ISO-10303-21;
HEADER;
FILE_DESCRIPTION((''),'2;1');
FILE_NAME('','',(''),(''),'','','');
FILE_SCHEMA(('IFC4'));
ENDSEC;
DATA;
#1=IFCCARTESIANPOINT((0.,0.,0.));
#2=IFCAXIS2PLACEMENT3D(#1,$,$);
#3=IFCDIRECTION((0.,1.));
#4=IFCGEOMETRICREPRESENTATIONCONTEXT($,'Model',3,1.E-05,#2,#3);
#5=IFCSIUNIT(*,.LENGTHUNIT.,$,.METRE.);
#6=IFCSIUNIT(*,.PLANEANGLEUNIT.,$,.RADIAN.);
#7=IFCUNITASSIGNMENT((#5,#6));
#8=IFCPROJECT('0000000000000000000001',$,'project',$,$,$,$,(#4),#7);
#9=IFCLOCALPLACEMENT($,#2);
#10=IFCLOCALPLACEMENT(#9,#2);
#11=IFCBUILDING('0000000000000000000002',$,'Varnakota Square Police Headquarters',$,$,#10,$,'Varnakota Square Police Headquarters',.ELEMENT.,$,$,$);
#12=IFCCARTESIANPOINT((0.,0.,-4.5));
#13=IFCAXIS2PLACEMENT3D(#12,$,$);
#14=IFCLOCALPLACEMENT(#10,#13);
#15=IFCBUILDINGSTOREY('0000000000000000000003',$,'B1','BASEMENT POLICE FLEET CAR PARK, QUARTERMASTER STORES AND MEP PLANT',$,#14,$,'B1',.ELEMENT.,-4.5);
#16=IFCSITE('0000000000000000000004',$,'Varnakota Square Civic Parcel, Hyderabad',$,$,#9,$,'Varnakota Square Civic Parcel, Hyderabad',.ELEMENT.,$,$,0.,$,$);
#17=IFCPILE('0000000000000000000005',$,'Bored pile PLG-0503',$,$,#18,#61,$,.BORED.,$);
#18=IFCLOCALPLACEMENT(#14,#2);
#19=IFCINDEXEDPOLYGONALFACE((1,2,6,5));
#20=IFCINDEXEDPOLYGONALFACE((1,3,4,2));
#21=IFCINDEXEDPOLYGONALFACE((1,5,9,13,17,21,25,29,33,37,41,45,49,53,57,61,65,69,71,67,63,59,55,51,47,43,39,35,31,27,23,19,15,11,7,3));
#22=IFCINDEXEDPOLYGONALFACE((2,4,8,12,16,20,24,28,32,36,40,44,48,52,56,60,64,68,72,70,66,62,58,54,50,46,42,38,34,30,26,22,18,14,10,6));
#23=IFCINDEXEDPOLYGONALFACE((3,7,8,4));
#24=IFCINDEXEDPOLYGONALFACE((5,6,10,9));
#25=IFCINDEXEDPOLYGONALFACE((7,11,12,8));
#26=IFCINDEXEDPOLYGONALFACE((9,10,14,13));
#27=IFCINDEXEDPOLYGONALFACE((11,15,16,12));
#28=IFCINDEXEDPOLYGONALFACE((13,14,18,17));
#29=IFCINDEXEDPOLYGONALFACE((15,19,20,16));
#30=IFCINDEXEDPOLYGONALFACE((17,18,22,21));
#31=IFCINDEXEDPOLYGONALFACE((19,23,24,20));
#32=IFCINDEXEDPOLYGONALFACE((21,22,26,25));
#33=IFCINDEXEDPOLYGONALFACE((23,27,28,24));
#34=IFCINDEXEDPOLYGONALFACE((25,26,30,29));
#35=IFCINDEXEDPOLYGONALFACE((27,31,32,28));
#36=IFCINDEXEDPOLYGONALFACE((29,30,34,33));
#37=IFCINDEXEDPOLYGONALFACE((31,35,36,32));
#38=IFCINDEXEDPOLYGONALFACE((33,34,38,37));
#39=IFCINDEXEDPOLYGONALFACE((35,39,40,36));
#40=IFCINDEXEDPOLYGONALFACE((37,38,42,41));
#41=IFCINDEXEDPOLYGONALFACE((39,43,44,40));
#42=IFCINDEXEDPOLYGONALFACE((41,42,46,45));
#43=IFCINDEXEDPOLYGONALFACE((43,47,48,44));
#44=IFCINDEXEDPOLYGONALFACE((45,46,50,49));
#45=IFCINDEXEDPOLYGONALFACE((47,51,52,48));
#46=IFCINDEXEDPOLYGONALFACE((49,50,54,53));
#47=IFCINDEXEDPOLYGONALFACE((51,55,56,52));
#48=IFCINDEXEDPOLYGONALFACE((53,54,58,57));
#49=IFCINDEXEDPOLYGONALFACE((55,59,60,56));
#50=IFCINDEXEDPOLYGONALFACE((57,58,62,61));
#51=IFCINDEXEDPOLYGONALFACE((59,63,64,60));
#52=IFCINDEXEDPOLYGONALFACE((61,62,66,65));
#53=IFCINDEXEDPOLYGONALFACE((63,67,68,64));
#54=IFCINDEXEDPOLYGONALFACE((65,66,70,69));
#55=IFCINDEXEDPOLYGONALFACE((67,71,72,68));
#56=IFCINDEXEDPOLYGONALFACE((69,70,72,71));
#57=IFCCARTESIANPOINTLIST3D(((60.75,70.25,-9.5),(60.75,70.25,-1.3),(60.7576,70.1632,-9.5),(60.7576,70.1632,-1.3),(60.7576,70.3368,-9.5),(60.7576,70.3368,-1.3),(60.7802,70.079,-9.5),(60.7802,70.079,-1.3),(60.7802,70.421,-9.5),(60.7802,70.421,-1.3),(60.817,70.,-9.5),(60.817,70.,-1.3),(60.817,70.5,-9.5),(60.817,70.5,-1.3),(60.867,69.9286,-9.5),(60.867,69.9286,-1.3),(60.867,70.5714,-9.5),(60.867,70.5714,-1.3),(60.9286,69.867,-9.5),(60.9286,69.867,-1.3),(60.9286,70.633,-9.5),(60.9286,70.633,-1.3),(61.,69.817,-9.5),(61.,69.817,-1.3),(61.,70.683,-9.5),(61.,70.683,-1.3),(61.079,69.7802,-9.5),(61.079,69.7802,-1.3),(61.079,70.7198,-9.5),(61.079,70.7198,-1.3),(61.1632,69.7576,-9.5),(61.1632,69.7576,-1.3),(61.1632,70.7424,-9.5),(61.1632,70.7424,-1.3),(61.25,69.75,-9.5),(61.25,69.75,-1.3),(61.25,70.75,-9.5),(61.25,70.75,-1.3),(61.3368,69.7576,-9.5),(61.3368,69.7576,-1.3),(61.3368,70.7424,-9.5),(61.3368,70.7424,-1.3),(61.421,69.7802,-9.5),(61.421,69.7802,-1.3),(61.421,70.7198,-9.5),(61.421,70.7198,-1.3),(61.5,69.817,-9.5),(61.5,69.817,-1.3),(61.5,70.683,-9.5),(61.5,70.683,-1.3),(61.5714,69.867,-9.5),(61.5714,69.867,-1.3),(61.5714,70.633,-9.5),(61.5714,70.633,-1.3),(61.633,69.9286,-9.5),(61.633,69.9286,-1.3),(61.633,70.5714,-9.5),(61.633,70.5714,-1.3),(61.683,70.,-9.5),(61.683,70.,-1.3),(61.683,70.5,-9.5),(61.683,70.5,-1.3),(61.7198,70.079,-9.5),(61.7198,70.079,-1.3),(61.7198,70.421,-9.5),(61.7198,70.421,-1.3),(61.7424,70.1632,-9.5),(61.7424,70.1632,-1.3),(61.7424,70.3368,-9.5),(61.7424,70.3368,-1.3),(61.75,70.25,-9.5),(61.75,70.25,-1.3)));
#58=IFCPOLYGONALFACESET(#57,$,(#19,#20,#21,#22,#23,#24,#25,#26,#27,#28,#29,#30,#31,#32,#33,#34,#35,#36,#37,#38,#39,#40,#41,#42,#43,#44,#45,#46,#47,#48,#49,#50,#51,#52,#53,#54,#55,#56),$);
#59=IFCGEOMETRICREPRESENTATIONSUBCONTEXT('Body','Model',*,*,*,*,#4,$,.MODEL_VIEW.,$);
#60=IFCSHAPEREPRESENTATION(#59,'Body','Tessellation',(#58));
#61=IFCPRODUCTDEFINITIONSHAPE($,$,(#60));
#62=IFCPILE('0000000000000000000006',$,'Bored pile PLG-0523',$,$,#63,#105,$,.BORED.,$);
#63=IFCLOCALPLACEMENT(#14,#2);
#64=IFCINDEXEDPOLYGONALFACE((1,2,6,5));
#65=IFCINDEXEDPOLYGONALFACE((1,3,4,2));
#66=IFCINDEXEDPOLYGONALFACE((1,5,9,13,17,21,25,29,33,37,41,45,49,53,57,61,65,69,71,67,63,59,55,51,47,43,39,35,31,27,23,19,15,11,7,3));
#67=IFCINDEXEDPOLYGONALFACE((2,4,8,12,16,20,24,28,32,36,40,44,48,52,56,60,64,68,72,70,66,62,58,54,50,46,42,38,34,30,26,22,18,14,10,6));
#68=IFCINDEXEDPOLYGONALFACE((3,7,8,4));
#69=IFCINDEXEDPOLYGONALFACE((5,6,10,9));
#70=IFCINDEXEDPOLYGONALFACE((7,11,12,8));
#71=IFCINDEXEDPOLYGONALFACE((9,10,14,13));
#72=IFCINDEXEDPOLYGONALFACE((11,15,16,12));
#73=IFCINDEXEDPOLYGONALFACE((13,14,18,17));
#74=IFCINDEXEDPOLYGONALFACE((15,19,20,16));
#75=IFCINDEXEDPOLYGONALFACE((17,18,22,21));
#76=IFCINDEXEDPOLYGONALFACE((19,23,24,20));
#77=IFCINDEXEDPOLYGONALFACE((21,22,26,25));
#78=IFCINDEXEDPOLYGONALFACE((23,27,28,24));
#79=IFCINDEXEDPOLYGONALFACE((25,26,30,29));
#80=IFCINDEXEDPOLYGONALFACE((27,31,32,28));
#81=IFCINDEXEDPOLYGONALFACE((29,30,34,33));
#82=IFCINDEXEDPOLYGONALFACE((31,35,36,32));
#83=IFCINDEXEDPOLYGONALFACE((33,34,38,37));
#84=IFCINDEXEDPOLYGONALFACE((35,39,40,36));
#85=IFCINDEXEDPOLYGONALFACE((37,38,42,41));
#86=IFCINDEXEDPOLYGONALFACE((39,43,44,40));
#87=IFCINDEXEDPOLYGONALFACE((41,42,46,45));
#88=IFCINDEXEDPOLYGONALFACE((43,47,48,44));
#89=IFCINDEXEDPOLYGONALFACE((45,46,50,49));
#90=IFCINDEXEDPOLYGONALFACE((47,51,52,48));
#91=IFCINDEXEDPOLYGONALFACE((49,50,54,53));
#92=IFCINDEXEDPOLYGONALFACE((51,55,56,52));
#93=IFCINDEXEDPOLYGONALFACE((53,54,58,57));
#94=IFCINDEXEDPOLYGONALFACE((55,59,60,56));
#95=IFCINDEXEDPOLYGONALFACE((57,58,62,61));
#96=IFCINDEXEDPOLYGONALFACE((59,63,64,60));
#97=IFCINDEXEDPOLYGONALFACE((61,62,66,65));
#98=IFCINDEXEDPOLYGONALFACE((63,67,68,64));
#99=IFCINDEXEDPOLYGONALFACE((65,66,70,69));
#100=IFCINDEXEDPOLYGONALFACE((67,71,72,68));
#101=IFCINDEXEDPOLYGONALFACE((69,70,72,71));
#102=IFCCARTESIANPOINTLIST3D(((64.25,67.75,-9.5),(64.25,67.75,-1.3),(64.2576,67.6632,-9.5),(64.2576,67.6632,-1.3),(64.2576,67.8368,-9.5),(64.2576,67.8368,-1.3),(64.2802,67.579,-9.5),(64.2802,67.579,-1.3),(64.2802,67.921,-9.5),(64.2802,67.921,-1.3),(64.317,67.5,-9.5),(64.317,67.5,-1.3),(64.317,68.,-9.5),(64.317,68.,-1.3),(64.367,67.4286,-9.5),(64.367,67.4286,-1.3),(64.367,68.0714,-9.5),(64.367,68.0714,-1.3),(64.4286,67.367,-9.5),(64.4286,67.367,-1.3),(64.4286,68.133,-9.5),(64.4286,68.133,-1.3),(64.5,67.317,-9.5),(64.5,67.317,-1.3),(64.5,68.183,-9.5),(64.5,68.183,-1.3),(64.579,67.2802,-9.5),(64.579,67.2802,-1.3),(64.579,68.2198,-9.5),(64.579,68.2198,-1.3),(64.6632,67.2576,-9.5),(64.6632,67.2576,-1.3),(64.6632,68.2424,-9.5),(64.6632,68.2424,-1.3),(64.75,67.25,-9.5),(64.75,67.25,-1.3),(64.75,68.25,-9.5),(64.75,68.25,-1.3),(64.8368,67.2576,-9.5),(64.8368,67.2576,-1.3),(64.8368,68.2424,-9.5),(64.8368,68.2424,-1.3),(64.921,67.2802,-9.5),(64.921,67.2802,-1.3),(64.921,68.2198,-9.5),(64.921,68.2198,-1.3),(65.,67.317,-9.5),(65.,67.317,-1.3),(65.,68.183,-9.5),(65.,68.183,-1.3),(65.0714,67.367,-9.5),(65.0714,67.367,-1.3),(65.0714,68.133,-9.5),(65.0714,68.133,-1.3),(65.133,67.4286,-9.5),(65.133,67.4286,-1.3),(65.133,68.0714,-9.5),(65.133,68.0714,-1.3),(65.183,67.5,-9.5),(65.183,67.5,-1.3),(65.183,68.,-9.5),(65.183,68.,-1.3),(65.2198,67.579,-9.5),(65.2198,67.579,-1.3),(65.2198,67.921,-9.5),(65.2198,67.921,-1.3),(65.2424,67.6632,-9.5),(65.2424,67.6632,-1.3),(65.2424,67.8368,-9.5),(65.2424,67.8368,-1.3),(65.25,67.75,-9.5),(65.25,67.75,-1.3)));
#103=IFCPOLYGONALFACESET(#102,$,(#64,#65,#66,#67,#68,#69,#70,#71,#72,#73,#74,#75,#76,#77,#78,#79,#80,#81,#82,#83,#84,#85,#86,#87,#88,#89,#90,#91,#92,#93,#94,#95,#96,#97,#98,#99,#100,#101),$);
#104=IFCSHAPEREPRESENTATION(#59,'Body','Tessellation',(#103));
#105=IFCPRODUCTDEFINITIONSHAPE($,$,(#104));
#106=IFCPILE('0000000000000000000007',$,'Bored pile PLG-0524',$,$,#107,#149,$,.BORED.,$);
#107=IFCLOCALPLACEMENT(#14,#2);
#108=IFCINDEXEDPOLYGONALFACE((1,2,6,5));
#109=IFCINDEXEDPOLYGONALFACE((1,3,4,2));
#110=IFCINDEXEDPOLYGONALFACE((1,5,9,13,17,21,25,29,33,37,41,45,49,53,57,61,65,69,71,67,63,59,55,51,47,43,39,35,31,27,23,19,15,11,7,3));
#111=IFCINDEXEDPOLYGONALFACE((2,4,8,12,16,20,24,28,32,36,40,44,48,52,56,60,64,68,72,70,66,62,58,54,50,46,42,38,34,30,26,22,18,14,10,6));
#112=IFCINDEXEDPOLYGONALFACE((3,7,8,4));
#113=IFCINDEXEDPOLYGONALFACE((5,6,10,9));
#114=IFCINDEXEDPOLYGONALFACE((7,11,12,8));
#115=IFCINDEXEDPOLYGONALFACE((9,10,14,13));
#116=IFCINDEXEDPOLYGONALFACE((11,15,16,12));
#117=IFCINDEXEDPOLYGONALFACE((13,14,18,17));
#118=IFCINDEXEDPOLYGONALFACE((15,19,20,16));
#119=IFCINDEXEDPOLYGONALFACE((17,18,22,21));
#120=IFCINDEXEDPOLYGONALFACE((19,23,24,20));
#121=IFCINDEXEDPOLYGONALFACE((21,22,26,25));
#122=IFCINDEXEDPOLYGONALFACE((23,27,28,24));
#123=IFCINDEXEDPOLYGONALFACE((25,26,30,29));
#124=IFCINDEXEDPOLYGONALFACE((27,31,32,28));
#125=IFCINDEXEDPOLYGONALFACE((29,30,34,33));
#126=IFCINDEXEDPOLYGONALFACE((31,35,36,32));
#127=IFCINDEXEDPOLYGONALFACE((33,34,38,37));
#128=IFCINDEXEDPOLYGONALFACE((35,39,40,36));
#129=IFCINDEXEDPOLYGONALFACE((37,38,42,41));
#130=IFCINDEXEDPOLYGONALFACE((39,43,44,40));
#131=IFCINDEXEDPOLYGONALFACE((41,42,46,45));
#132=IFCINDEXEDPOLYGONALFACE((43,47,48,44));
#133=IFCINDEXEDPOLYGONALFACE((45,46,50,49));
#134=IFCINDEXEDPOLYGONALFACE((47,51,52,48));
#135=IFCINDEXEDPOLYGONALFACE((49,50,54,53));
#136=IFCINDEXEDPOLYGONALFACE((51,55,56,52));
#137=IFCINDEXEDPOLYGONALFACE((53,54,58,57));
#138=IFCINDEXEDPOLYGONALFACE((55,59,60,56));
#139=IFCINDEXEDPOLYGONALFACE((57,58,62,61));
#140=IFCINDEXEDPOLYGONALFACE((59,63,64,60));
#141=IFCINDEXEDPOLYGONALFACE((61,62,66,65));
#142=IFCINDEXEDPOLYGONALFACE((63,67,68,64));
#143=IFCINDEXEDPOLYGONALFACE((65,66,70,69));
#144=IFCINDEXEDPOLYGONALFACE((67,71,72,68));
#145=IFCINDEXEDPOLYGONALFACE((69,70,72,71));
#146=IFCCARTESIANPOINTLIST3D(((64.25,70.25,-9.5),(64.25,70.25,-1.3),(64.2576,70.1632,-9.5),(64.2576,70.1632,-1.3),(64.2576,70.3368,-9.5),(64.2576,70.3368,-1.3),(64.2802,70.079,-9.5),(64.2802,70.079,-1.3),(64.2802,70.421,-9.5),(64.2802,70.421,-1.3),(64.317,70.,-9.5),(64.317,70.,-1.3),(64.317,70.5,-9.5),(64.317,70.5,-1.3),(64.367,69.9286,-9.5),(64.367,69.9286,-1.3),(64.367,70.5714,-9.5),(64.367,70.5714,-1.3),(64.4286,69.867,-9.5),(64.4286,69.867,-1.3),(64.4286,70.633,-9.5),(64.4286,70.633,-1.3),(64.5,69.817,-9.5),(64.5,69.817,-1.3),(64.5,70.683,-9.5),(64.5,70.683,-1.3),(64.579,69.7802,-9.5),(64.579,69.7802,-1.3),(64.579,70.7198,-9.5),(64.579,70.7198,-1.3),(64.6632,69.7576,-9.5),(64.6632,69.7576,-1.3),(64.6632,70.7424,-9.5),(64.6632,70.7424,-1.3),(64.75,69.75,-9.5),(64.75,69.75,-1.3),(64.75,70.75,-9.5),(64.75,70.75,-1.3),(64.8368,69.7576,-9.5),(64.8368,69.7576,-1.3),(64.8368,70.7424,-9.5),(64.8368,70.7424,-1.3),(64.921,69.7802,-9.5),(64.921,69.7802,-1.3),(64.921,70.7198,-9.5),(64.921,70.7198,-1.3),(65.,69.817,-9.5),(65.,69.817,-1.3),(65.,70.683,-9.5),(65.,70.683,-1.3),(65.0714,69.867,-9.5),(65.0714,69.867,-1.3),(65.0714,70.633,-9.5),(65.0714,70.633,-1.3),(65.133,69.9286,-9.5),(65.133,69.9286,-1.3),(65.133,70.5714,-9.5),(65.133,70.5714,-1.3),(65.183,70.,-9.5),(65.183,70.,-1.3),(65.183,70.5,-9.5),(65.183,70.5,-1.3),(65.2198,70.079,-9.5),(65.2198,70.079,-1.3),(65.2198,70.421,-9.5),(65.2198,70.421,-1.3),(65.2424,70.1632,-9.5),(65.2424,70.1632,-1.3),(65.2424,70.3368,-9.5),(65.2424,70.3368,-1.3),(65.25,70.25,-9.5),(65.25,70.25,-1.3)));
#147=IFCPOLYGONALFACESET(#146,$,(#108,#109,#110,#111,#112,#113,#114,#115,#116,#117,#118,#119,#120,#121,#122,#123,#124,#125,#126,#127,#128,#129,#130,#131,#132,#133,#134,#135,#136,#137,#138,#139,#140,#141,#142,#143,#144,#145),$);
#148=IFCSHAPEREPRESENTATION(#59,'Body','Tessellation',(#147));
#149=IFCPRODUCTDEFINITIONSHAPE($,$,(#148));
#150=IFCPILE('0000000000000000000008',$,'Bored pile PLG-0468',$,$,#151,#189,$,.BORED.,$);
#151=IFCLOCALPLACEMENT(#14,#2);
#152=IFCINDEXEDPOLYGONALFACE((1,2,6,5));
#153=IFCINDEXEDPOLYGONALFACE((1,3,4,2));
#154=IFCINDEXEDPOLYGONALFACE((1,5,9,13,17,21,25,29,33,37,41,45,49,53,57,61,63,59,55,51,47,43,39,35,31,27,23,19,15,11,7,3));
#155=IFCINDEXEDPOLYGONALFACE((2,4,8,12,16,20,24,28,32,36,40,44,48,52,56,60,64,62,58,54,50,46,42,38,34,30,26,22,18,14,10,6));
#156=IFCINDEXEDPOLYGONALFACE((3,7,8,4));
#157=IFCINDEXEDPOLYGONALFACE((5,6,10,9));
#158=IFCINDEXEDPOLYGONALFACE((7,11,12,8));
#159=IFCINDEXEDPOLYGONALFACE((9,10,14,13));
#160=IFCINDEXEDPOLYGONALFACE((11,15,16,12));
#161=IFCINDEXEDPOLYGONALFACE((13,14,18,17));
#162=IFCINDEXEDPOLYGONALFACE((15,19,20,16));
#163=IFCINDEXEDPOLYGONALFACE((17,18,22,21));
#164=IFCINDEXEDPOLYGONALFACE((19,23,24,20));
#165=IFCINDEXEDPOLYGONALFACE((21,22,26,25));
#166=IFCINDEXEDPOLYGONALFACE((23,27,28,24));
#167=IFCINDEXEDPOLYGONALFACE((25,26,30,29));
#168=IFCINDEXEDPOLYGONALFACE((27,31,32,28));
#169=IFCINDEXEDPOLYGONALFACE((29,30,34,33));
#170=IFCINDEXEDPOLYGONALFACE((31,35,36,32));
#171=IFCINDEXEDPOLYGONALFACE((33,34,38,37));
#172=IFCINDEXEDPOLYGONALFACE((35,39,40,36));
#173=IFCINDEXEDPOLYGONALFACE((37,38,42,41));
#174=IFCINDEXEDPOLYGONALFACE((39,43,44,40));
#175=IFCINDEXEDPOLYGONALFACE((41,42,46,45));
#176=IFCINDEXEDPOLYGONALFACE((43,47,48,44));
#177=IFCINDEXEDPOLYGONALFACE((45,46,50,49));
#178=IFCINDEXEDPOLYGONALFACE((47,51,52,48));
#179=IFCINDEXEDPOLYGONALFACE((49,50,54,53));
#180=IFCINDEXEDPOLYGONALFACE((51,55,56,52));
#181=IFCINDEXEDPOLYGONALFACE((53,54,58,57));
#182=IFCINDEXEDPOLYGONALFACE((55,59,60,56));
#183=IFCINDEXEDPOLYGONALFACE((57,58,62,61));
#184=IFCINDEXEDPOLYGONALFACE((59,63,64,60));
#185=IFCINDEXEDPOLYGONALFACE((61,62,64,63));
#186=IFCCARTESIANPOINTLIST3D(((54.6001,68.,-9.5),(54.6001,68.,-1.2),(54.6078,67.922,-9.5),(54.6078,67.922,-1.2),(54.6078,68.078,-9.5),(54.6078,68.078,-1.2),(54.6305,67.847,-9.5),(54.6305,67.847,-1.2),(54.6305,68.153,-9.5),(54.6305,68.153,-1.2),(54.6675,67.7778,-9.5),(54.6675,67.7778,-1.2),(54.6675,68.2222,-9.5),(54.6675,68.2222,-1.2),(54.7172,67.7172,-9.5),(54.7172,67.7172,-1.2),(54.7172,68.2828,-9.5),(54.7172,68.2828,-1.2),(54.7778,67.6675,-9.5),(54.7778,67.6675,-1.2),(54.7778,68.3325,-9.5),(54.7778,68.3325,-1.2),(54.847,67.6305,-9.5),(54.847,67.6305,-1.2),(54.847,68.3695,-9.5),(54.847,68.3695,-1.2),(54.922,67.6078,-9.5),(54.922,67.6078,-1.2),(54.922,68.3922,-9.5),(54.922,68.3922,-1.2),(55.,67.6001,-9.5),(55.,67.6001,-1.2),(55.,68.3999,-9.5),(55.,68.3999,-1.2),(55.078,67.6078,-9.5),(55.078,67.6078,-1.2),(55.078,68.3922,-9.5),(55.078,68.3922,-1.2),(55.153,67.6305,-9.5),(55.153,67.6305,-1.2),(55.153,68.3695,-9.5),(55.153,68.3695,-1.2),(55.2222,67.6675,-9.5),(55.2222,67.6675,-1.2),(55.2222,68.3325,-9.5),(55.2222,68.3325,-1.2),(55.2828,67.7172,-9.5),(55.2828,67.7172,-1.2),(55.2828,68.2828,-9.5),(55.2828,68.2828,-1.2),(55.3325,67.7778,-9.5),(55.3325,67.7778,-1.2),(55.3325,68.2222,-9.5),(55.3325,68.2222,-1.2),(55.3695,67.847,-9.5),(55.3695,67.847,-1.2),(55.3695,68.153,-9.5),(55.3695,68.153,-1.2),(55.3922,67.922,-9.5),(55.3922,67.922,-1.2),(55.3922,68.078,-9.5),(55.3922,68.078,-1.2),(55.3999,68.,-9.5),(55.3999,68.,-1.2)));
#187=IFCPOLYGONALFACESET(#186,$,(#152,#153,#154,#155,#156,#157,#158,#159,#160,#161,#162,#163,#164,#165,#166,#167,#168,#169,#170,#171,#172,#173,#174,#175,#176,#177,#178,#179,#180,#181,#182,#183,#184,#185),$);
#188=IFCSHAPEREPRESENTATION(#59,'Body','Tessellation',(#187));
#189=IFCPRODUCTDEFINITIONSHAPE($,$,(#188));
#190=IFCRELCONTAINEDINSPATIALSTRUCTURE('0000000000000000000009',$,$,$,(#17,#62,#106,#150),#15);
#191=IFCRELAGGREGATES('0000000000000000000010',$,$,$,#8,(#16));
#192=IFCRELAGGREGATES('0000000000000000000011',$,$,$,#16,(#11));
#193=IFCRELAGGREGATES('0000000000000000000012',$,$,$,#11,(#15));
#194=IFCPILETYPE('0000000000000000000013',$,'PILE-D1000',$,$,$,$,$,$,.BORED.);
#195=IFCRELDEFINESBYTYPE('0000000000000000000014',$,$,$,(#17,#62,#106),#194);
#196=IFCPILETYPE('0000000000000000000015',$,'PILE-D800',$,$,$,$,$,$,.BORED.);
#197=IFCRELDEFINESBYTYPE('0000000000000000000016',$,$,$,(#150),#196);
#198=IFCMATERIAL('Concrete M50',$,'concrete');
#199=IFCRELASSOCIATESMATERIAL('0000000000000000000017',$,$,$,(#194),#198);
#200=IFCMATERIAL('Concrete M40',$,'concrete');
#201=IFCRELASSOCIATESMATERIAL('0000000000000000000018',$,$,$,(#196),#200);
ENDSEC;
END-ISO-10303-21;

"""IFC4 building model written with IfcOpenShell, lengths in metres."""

from ifc_helpers import new_model, si_unit, direction, frame, origin, origin_2d, place, context, subcontext, project, spatial, circle, extrude, material, material_profile, profile_set, type_object, element, save


model = new_model("IFC4")

# Units and contexts
model_context = context("Model", 3, precision=1e-05, world=origin(), true_north=direction((0.0, 1.0)))
body_context = subcontext(model_context, "Body", "Model", "MODEL_VIEW")
ifc_project = project(units=[si_unit("LENGTHUNIT", "METRE"), si_unit("PLANEANGLEUNIT", "RADIAN")], contexts=[model_context])

# Site, building, storey
site_placement = place(None, origin())
site = spatial("IfcSite", under=ifc_project, at=site_placement, Name="Varnakota Square Civic Parcel, Hyderabad", LongName="Varnakota Square Civic Parcel, Hyderabad", CompositionType="ELEMENT", RefElevation=0.0)
building_placement = place(site_placement, origin())
building = spatial("IfcBuilding", under=site, at=building_placement, Name="Varnakota Square Police Headquarters", LongName="Varnakota Square Police Headquarters", CompositionType="ELEMENT")
storey_placement = place(building_placement, frame((0.0, 0.0, -4.5)))
storey = spatial("IfcBuildingStorey", under=building, at=storey_placement, Name="B1", Description="BASEMENT POLICE FLEET CAR PARK, QUARTERMASTER STORES AND MEP PLANT", LongName="B1", CompositionType="ELEMENT", Elevation=-4.5)

# Shared definitions
ifc_material_1 = material(Name="Concrete M40", Category="concrete")
ifc_material_2 = material(Name="Concrete M50", Category="concrete")

# Piles
ifc_material_profile_1 = material_profile(ifc_material_2, circle(Radius=0.5, at=origin_2d()), Name="BORED PILE 1000")
ifc_profile_set_1 = profile_set([ifc_material_profile_1], Name="Concrete M50")
pile_type_1 = type_object("IfcPileType", Name="PILE-D1000", PredefinedType="BORED", material=ifc_profile_set_1)
for number, where, z_axis, x_axis, name in (
    (1, (61.25, 70.25, -1.3), (0.0, 0.0, -1.0), (1.0, 0.0, 0.0), "Bored pile PLG-0503"),
    (2, (64.75, 67.75, -1.3), (0.0, 0.0, -1.0), (1.0, 0.0, 0.0), "Bored pile PLG-0523"),
    (3, (64.75, 70.25, -1.3), (0.0, 0.0, -1.0), (1.0, 0.0, 0.0), "Bored pile PLG-0524"),
):
    element("IfcPile", number, at=place(storey_placement, frame(where, z_axis=z_axis, x_axis=x_axis)), inside=storey, type_object=pile_type_1, Name=name, PredefinedType="BORED", context=body_context, shape_type="SweptSolid", body=[
        extrude(circle(Radius=0.5, at=origin_2d()), origin(), (0.0, 0.0, 1.0), 8.2),
    ])
ifc_material_profile_2 = material_profile(ifc_material_1, circle(Radius=0.3999, at=origin_2d()), Name="BORED PILE 800")
ifc_profile_set_2 = profile_set([ifc_material_profile_2], Name="Concrete M40")
pile_type_2 = type_object("IfcPileType", Name="PILE-D800", PredefinedType="BORED", material=ifc_profile_set_2)
for number, where, z_axis, x_axis, name in (
    (4, (55.0, 68.0, -1.2), (0.0, 0.0, -1.0), (1.0, 0.0, 0.0), "Bored pile PLG-0468"),
):
    element("IfcPile", number, at=place(storey_placement, frame(where, z_axis=z_axis, x_axis=x_axis)), inside=storey, type_object=pile_type_2, Name=name, PredefinedType="BORED", context=body_context, shape_type="SweptSolid", body=[
        extrude(circle(Radius=0.3999, at=origin_2d()), origin(), (0.0, 0.0, 1.0), 8.3),
    ])

save(model, "model.ifc")
